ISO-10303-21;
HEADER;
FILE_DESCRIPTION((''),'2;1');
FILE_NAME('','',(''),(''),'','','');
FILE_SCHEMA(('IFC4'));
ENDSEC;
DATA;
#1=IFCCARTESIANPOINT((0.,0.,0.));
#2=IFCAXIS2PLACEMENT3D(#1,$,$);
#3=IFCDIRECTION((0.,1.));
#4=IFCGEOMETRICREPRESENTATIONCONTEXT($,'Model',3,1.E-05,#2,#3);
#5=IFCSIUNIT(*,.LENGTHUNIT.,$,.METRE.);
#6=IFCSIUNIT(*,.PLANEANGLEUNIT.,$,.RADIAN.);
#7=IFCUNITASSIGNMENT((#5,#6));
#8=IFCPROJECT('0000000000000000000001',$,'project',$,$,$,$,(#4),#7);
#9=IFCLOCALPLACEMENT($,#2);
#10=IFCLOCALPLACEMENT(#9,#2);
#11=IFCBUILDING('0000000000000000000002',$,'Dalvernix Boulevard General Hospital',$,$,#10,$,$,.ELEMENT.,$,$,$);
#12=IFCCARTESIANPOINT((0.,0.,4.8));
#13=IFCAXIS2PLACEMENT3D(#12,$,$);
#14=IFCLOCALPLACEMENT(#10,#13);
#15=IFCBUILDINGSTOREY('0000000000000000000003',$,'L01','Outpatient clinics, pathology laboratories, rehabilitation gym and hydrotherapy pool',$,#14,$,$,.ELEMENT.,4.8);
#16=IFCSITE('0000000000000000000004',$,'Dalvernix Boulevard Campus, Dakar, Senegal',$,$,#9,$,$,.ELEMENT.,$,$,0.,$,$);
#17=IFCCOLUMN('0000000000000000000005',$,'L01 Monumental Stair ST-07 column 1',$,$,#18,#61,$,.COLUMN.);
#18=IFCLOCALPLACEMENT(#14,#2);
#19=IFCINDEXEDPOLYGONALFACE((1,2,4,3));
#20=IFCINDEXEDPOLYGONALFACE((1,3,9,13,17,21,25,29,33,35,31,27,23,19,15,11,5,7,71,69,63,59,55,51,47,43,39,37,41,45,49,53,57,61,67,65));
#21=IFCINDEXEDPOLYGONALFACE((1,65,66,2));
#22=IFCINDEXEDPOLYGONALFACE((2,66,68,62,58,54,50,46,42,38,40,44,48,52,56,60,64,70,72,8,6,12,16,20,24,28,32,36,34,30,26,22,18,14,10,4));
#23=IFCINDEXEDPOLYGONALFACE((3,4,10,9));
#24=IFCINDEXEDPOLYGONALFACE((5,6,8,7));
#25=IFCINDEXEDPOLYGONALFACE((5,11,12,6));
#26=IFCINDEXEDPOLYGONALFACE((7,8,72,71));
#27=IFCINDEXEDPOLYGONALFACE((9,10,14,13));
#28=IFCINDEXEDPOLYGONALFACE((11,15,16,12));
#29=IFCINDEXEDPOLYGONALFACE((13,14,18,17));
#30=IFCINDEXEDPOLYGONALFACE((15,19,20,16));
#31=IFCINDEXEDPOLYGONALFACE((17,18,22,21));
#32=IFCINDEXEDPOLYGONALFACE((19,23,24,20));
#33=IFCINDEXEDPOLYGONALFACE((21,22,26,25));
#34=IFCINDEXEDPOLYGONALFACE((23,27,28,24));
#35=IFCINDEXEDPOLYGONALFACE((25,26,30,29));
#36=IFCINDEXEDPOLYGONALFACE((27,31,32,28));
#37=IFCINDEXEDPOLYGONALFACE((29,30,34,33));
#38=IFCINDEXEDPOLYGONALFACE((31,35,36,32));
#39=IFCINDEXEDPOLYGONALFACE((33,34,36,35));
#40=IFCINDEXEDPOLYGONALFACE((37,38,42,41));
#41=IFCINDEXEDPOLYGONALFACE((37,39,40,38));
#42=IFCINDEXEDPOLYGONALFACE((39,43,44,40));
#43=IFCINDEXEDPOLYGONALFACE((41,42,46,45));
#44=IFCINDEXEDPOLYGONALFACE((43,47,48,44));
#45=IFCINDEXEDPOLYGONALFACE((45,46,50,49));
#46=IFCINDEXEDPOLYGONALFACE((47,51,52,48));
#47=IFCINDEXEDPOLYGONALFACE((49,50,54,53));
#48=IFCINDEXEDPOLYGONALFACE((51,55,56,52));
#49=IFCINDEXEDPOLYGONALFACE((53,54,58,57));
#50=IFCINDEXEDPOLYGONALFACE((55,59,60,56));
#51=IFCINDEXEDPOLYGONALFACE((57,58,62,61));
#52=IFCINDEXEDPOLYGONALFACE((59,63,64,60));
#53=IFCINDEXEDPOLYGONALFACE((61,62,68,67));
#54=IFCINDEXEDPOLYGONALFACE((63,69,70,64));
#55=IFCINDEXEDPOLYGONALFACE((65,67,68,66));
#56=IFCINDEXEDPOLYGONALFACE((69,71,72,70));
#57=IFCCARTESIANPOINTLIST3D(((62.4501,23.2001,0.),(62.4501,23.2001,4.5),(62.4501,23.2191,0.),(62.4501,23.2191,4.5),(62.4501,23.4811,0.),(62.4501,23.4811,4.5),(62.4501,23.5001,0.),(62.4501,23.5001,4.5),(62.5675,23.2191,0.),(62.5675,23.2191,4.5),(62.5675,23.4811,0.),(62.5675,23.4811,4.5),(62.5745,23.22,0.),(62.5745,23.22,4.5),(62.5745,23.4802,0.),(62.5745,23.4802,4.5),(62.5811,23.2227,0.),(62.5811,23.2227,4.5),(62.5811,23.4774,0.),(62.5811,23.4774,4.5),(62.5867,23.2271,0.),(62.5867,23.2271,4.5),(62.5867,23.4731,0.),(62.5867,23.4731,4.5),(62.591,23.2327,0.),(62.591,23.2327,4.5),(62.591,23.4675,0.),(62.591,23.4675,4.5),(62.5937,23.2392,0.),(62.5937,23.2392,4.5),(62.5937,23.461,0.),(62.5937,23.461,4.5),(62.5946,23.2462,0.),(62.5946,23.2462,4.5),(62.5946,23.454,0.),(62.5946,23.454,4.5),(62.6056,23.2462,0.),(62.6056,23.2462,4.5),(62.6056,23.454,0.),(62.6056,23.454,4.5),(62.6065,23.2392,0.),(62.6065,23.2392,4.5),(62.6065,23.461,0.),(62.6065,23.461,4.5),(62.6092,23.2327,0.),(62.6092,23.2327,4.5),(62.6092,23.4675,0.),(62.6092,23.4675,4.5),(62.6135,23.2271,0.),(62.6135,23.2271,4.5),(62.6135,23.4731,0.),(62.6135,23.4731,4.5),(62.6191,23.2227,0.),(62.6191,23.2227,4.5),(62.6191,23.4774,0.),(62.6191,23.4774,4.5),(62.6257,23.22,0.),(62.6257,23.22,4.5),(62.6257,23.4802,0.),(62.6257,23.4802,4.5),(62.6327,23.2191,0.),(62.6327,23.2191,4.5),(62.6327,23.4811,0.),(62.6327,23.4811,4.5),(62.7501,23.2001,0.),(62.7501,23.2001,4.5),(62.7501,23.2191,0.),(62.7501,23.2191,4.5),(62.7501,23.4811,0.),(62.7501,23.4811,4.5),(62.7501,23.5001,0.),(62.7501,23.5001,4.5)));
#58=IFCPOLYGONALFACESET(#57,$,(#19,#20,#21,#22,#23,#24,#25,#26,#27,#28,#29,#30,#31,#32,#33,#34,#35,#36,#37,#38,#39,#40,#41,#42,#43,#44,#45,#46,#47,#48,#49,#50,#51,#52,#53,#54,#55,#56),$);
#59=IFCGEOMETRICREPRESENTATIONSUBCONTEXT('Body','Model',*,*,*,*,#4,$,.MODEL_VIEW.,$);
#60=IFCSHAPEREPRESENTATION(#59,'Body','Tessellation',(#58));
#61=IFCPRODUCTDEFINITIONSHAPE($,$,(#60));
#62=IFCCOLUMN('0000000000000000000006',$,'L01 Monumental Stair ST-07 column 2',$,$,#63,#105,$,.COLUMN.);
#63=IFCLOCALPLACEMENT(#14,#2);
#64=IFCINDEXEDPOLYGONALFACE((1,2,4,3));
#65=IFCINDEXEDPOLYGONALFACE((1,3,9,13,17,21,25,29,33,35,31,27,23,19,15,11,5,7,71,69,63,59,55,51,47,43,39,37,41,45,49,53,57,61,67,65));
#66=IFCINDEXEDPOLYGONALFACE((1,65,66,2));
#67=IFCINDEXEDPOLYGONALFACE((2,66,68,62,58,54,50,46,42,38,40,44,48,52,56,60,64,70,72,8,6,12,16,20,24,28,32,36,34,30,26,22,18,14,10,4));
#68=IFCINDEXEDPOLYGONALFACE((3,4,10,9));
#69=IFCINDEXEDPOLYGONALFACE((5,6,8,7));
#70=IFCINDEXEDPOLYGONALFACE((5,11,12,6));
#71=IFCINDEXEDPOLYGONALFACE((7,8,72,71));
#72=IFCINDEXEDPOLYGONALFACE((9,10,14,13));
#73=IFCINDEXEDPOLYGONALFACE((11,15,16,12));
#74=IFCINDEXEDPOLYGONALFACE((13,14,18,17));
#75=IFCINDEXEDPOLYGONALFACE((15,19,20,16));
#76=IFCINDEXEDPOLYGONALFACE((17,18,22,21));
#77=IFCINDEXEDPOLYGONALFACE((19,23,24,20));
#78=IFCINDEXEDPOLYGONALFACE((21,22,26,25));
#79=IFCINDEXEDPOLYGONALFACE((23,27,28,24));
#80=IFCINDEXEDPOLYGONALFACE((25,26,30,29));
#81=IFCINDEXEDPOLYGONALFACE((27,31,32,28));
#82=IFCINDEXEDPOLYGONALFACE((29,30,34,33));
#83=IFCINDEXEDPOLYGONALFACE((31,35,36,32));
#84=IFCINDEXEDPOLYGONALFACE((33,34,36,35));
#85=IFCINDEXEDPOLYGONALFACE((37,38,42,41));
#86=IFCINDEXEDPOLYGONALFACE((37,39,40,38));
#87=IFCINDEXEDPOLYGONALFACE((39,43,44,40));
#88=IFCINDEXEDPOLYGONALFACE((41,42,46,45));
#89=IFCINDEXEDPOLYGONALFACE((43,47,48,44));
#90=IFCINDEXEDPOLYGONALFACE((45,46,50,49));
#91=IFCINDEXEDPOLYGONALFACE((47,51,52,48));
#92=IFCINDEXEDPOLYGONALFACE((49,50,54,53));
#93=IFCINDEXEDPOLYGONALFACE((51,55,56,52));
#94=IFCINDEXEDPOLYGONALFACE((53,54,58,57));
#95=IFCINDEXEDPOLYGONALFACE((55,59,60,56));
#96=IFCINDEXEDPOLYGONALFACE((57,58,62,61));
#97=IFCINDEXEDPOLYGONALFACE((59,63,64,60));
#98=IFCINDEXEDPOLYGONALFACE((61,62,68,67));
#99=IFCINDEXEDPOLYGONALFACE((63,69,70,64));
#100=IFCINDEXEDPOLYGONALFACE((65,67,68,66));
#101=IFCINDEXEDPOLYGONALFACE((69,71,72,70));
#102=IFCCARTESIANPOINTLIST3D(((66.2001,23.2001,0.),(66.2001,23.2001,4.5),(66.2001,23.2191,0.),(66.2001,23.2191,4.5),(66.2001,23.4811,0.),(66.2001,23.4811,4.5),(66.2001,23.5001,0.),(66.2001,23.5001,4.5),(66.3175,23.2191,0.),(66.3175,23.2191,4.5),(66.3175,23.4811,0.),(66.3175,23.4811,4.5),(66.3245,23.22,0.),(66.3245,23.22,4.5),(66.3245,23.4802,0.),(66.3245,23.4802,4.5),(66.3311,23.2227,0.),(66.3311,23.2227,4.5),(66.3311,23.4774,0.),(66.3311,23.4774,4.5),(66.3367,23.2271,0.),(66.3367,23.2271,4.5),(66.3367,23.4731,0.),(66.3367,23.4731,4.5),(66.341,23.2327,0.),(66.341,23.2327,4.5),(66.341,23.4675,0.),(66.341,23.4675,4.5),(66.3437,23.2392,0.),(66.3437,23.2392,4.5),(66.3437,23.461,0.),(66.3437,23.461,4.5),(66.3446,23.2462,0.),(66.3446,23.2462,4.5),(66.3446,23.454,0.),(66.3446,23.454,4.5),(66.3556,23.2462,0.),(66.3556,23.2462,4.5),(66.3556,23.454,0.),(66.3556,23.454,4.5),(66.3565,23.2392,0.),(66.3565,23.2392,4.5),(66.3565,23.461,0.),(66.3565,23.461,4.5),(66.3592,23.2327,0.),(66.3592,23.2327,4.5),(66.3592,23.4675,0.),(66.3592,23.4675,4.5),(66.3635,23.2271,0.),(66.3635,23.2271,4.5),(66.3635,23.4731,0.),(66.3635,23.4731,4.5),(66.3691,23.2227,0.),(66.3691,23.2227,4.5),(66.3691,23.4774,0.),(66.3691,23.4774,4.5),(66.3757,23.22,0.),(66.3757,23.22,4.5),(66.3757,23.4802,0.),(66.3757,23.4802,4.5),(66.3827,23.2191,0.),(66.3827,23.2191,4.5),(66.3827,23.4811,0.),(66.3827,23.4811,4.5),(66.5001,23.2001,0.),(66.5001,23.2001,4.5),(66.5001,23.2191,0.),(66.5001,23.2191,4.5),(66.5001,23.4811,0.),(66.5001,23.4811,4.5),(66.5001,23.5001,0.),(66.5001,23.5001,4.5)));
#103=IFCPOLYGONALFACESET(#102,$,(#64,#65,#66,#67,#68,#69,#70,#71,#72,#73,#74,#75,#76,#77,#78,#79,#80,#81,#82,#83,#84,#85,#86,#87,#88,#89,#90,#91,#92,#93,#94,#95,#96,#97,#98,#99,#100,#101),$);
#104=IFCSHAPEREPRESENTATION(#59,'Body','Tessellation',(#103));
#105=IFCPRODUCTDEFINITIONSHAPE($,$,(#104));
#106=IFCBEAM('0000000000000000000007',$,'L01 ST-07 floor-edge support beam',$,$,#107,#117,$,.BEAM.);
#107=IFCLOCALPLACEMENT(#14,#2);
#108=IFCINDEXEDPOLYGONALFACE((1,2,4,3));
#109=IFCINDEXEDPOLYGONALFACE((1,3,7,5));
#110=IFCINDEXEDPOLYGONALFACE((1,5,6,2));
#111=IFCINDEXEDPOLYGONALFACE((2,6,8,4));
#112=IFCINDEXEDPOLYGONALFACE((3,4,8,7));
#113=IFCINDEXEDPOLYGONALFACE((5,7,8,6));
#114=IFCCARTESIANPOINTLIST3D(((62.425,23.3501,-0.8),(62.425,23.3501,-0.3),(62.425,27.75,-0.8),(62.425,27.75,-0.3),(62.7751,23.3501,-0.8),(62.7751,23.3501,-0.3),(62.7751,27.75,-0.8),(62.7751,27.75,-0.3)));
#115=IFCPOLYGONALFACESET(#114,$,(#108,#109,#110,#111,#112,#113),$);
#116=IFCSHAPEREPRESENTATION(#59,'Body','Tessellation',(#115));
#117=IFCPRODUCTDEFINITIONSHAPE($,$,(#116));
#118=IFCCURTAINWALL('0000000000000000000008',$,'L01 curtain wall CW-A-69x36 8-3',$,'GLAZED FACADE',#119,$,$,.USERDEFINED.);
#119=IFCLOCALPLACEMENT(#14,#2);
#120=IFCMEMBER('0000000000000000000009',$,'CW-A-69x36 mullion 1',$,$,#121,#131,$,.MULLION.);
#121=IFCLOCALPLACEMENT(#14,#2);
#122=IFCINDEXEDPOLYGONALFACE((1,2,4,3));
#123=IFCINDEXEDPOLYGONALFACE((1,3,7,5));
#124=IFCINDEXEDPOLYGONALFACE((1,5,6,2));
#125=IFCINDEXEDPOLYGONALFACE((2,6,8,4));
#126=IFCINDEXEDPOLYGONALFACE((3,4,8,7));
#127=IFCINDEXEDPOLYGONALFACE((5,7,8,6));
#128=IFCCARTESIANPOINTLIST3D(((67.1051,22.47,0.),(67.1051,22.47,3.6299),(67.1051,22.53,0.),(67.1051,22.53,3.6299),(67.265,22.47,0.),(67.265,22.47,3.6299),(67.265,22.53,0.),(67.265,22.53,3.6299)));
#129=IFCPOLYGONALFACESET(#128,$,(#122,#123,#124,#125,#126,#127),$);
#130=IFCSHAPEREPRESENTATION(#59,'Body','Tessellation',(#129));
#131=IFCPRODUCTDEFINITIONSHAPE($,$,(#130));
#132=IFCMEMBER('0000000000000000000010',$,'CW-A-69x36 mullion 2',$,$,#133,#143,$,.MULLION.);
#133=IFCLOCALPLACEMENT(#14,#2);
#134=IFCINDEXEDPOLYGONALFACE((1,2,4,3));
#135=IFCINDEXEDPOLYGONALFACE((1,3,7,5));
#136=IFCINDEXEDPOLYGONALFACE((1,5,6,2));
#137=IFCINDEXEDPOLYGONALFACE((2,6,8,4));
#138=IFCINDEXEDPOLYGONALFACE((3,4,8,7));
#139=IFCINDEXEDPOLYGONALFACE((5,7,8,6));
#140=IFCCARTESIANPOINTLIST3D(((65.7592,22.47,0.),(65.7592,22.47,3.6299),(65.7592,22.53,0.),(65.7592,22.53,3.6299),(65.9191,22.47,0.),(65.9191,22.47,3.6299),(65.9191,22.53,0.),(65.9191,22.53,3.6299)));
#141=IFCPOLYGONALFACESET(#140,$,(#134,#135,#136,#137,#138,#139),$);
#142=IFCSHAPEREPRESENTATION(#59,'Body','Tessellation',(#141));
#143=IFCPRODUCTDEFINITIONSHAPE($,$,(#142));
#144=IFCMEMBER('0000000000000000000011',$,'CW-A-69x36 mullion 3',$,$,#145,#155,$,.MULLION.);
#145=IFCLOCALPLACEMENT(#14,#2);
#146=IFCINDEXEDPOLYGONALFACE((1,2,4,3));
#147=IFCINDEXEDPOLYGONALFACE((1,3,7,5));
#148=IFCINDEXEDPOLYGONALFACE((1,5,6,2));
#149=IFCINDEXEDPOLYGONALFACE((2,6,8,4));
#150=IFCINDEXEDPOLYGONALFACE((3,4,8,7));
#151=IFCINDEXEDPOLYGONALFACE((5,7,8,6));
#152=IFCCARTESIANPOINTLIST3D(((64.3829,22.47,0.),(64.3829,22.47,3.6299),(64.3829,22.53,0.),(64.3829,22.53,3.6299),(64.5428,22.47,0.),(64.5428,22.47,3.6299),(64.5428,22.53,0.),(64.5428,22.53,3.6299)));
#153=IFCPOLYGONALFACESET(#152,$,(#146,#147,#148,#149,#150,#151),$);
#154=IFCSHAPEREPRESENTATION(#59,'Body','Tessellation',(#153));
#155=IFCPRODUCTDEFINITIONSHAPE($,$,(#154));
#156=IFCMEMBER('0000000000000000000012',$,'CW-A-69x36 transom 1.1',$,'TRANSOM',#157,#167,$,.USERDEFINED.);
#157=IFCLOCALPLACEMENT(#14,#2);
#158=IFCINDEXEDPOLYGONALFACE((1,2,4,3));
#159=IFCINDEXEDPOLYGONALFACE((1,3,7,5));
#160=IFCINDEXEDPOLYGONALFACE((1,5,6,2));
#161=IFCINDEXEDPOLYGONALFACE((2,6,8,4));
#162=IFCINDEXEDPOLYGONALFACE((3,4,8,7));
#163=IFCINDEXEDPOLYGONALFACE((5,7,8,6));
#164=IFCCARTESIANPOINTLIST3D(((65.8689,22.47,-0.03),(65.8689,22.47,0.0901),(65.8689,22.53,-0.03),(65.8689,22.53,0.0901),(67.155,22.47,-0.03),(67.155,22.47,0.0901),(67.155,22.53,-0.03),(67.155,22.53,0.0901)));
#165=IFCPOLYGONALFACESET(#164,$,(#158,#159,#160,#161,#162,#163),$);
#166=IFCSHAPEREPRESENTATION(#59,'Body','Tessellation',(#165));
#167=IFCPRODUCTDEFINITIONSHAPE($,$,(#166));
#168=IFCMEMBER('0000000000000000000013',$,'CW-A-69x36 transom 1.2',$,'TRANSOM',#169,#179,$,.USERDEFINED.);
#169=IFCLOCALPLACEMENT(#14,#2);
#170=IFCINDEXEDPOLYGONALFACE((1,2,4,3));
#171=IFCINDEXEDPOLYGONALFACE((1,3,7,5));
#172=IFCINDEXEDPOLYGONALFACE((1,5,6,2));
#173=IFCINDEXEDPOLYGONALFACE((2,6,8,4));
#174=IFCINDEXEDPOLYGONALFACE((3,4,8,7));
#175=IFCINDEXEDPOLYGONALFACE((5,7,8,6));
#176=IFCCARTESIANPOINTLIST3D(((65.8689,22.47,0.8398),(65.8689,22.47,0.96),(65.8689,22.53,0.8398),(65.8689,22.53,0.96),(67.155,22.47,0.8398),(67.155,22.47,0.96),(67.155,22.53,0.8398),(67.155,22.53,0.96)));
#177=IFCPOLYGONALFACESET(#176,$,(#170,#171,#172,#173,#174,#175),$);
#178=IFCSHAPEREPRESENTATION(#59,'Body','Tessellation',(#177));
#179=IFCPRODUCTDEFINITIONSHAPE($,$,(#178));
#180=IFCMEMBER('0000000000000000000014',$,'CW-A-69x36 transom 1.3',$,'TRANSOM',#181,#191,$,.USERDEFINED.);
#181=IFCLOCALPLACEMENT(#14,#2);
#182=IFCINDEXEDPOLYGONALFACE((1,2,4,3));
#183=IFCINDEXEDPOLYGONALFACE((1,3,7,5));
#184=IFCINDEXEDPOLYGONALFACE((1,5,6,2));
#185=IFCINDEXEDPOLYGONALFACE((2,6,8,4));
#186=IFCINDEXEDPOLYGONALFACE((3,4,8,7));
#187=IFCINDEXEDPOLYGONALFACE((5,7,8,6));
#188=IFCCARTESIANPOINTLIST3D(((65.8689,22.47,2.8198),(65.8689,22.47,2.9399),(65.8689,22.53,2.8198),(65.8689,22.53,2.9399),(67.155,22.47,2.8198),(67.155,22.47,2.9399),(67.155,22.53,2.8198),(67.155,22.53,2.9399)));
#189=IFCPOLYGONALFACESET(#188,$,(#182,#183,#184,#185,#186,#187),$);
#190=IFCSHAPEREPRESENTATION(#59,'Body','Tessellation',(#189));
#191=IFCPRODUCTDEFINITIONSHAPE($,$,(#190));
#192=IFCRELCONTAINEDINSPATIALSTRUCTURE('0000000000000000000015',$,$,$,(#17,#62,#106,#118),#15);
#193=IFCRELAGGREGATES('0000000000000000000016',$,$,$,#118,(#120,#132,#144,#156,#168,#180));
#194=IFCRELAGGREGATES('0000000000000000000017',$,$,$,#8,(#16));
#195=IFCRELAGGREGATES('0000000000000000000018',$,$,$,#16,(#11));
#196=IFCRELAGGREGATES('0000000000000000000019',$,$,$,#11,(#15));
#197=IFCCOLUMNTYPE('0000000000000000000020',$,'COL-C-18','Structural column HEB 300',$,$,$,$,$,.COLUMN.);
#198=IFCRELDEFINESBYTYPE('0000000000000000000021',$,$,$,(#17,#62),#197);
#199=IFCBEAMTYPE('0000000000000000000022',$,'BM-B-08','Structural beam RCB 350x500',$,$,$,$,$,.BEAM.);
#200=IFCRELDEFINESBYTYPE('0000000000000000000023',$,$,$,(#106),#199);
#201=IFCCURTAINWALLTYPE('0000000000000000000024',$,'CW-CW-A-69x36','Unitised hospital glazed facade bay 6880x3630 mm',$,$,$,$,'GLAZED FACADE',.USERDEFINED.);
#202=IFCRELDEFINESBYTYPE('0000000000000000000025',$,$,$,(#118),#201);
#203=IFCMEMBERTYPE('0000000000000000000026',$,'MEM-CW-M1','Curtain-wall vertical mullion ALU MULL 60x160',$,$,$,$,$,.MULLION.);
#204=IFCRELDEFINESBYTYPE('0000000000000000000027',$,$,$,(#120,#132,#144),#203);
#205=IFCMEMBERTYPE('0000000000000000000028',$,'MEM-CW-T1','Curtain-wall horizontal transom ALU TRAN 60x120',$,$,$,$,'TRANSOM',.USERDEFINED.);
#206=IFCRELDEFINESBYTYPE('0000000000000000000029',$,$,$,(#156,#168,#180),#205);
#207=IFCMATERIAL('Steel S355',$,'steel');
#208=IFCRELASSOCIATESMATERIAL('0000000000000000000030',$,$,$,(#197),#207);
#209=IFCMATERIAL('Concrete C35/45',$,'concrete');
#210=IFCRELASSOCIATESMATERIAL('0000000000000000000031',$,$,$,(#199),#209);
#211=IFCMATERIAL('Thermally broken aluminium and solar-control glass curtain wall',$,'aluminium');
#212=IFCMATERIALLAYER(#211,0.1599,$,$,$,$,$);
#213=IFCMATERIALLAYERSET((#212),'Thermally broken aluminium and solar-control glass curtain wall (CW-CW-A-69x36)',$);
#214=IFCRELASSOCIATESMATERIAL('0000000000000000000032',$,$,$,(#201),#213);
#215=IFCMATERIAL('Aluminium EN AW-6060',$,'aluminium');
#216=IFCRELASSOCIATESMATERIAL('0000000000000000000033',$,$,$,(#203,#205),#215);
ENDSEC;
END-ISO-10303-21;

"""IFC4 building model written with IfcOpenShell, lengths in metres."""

from ifc_helpers import new_model, si_unit, direction, frame, origin, origin_2d, place, context, subcontext, project, spatial, rectangle, i_section, extrude, material, layer, layer_set, material_profile, profile_set, type_object, element, aggregate, save


model = new_model("IFC4")

# Units and contexts
model_context = context("Model", 3, precision=1e-05, world=origin(), true_north=direction((0.0, 1.0)))
body_context = subcontext(model_context, "Body", "Model", "MODEL_VIEW")
ifc_project = project(units=[si_unit("LENGTHUNIT", "METRE"), si_unit("PLANEANGLEUNIT", "RADIAN")], contexts=[model_context])

# Site, building, storey
site_placement = place(None, origin())
site = spatial("IfcSite", under=ifc_project, at=site_placement, Name="Dalvernix Boulevard Campus, Dakar, Senegal", CompositionType="ELEMENT", RefElevation=0.0)
building_placement = place(site_placement, origin())
building = spatial("IfcBuilding", under=site, at=building_placement, Name="Dalvernix Boulevard General Hospital", CompositionType="ELEMENT")
storey_placement = place(building_placement, frame((0.0, 0.0, 4.8)))
storey = spatial("IfcBuildingStorey", under=building, at=storey_placement, Name="L01", Description="Outpatient clinics, pathology laboratories, rehabilitation gym and hydrotherapy pool", CompositionType="ELEMENT", Elevation=4.8)

# Columns
ifc_material_1 = material(Name="Steel S355", Category="steel")
ifc_material_profile_1 = material_profile(ifc_material_1, i_section(OverallWidth=0.3, OverallDepth=0.3, WebThickness=0.011, FlangeThickness=0.019, FilletRadius=0.0271, at=origin_2d()), Name="HEB 300")
ifc_profile_set_1 = profile_set([ifc_material_profile_1], Name="Steel S355")
column_type = type_object("IfcColumnType", Name="COL-C-18", Description="Structural column HEB 300", PredefinedType="COLUMN", material=ifc_profile_set_1)
for number, where, z_axis, x_axis, name in (
    (1, (62.6001, 23.3501, 0.0), (0.0, 0.0, 1.0), (1.0, 0.0, 0.0), "L01 Monumental Stair ST-07 column 1"),
    (2, (66.3501, 23.3501, 0.0), (0.0, 0.0, 1.0), (1.0, 0.0, 0.0), "L01 Monumental Stair ST-07 column 2"),
):
    element("IfcColumn", number, at=place(storey_placement, frame(where, z_axis=z_axis, x_axis=x_axis)), inside=storey, type_object=column_type, Name=name, PredefinedType="COLUMN", context=body_context, shape_type="SweptSolid", body=[
        extrude(i_section(OverallWidth=0.3, OverallDepth=0.3, WebThickness=0.011, FlangeThickness=0.019, FilletRadius=0.0271, at=origin_2d()), origin(), (0.0, 0.0, 1.0), 4.5),
    ])

# Beam
ifc_material_2 = material(Name="Concrete C35/45", Category="concrete")
ifc_material_profile_2 = material_profile(ifc_material_2, rectangle(XDim=0.3501, YDim=0.5, at=origin_2d()), Name="RCB 350x500")
ifc_profile_set_2 = profile_set([ifc_material_profile_2], Name="Concrete C35/45")
beam_type = type_object("IfcBeamType", Name="BM-B-08", Description="Structural beam RCB 350x500", PredefinedType="BEAM", material=ifc_profile_set_2)
beam_placement = place(storey_placement, frame((62.6001, 23.3501, -0.55), z_axis=(0.0, 1.0, 0.0), x_axis=(-1.0, 0.0, 0.0)))
element("IfcBeam", 3, at=beam_placement, inside=storey, type_object=beam_type, Name="L01 ST-07 floor-edge support beam", PredefinedType="BEAM", context=body_context, shape_type="SweptSolid", body=[
    extrude(rectangle(XDim=0.3501, YDim=0.5, at=origin_2d()), origin(), (0.0, 0.0, 1.0), 4.3999),
])

# Curtain wall, members
ifc_material_3 = material(Name="Thermally broken aluminium and solar-control glass curtain wall", Category="aluminium")
ifc_layer_1 = layer(ifc_material_3, 0.1599)
ifc_layer_set_1 = layer_set([ifc_layer_1], Name="Thermally broken aluminium and solar-control glass curtain wall (CW-CW-A-69x36)")
curtain_wall_type = type_object("IfcCurtainWallType", Name="CW-CW-A-69x36", Description="Unitised hospital glazed facade bay 6880x3630 mm", ElementType="GLAZED FACADE", PredefinedType="USERDEFINED", material=ifc_layer_set_1)
curtain_wall_placement = place(storey_placement, origin())
curtain_wall = element("IfcCurtainWall", 4, at=curtain_wall_placement, inside=storey, type_object=curtain_wall_type, Name="L01 curtain wall CW-A-69x36 8-3", ObjectType="GLAZED FACADE", PredefinedType="USERDEFINED")
ifc_material_4 = material(Name="Aluminium EN AW-6060", Category="aluminium")
ifc_material_profile_3 = material_profile(ifc_material_4, rectangle(XDim=0.0601, YDim=0.1599, at=origin_2d()), Name="ALU MULL 60x160")
ifc_profile_set_3 = profile_set([ifc_material_profile_3], Name="Aluminium EN AW-6060")
member_type_1 = type_object("IfcMemberType", Name="MEM-CW-M1", Description="Curtain-wall vertical mullion ALU MULL 60x160", PredefinedType="MULLION", material=ifc_profile_set_3)
member_1_placement = place(storey_placement, frame((67.1851, 22.5, 0.0), z_axis=(0.0, 0.0, 1.0), x_axis=(0.0, -1.0, 0.0)))
member_1 = element("IfcMember", 5, at=member_1_placement, type_object=member_type_1, Name="CW-A-69x36 mullion 1", PredefinedType="MULLION", context=body_context, shape_type="SweptSolid", body=[
    extrude(rectangle(XDim=0.0601, YDim=0.1599, at=origin_2d()), origin(), (0.0, 0.0, 1.0), 3.6299),
])
member_2_placement = place(storey_placement, frame((65.8391, 22.5, 0.0), z_axis=(0.0, 0.0, 1.0), x_axis=(0.0, -1.0, 0.0)))
member_2 = element("IfcMember", 6, at=member_2_placement, type_object=member_type_1, Name="CW-A-69x36 mullion 2", PredefinedType="MULLION", context=body_context, shape_type="SweptSolid", body=[
    extrude(rectangle(XDim=0.0601, YDim=0.1599, at=origin_2d()), origin(), (0.0, 0.0, 1.0), 3.6299),
])
member_3_placement = place(storey_placement, frame((64.4629, 22.5, 0.0), z_axis=(0.0, 0.0, 1.0), x_axis=(0.0, -1.0, 0.0)))
member_3 = element("IfcMember", 7, at=member_3_placement, type_object=member_type_1, Name="CW-A-69x36 mullion 3", PredefinedType="MULLION", context=body_context, shape_type="SweptSolid", body=[
    extrude(rectangle(XDim=0.0601, YDim=0.1599, at=origin_2d()), origin(), (0.0, 0.0, 1.0), 3.6299),
])
ifc_material_profile_4 = material_profile(ifc_material_4, rectangle(XDim=0.0601, YDim=0.1201, at=origin_2d()), Name="ALU TRAN 60x120")
ifc_profile_set_4 = profile_set([ifc_material_profile_4], Name="Aluminium EN AW-6060")
member_type_2 = type_object("IfcMemberType", Name="MEM-CW-T1", Description="Curtain-wall horizontal transom ALU TRAN 60x120", ElementType="TRANSOM", PredefinedType="USERDEFINED", material=ifc_profile_set_4)
member_4_placement = place(storey_placement, frame((67.155, 22.5, 0.03), z_axis=(-1.0, 0.0, 0.0), x_axis=(0.0, -1.0, 0.0)))
member_4 = element("IfcMember", 8, at=member_4_placement, type_object=member_type_2, Name="CW-A-69x36 transom 1.1", ObjectType="TRANSOM", PredefinedType="USERDEFINED", context=body_context, shape_type="SweptSolid", body=[
    extrude(rectangle(XDim=0.0601, YDim=0.1201, at=origin_2d()), origin(), (0.0, 0.0, 1.0), 1.2861),
])
member_5_placement = place(storey_placement, frame((67.155, 22.5, 0.8999), z_axis=(-1.0, 0.0, 0.0), x_axis=(0.0, -1.0, 0.0)))
member_5 = element("IfcMember", 9, at=member_5_placement, type_object=member_type_2, Name="CW-A-69x36 transom 1.2", ObjectType="TRANSOM", PredefinedType="USERDEFINED", context=body_context, shape_type="SweptSolid", body=[
    extrude(rectangle(XDim=0.0601, YDim=0.1201, at=origin_2d()), origin(), (0.0, 0.0, 1.0), 1.2861),
])
member_6_placement = place(storey_placement, frame((67.155, 22.5, 2.8799), z_axis=(-1.0, 0.0, 0.0), x_axis=(0.0, -1.0, 0.0)))
member_6 = element("IfcMember", 10, at=member_6_placement, type_object=member_type_2, Name="CW-A-69x36 transom 1.3", ObjectType="TRANSOM", PredefinedType="USERDEFINED", context=body_context, shape_type="SweptSolid", body=[
    extrude(rectangle(XDim=0.0601, YDim=0.1201, at=origin_2d()), origin(), (0.0, 0.0, 1.0), 1.2861),
])
aggregate(curtain_wall, [member_1, member_2, member_3, member_4, member_5, member_6])

save(model, "model.ifc")
